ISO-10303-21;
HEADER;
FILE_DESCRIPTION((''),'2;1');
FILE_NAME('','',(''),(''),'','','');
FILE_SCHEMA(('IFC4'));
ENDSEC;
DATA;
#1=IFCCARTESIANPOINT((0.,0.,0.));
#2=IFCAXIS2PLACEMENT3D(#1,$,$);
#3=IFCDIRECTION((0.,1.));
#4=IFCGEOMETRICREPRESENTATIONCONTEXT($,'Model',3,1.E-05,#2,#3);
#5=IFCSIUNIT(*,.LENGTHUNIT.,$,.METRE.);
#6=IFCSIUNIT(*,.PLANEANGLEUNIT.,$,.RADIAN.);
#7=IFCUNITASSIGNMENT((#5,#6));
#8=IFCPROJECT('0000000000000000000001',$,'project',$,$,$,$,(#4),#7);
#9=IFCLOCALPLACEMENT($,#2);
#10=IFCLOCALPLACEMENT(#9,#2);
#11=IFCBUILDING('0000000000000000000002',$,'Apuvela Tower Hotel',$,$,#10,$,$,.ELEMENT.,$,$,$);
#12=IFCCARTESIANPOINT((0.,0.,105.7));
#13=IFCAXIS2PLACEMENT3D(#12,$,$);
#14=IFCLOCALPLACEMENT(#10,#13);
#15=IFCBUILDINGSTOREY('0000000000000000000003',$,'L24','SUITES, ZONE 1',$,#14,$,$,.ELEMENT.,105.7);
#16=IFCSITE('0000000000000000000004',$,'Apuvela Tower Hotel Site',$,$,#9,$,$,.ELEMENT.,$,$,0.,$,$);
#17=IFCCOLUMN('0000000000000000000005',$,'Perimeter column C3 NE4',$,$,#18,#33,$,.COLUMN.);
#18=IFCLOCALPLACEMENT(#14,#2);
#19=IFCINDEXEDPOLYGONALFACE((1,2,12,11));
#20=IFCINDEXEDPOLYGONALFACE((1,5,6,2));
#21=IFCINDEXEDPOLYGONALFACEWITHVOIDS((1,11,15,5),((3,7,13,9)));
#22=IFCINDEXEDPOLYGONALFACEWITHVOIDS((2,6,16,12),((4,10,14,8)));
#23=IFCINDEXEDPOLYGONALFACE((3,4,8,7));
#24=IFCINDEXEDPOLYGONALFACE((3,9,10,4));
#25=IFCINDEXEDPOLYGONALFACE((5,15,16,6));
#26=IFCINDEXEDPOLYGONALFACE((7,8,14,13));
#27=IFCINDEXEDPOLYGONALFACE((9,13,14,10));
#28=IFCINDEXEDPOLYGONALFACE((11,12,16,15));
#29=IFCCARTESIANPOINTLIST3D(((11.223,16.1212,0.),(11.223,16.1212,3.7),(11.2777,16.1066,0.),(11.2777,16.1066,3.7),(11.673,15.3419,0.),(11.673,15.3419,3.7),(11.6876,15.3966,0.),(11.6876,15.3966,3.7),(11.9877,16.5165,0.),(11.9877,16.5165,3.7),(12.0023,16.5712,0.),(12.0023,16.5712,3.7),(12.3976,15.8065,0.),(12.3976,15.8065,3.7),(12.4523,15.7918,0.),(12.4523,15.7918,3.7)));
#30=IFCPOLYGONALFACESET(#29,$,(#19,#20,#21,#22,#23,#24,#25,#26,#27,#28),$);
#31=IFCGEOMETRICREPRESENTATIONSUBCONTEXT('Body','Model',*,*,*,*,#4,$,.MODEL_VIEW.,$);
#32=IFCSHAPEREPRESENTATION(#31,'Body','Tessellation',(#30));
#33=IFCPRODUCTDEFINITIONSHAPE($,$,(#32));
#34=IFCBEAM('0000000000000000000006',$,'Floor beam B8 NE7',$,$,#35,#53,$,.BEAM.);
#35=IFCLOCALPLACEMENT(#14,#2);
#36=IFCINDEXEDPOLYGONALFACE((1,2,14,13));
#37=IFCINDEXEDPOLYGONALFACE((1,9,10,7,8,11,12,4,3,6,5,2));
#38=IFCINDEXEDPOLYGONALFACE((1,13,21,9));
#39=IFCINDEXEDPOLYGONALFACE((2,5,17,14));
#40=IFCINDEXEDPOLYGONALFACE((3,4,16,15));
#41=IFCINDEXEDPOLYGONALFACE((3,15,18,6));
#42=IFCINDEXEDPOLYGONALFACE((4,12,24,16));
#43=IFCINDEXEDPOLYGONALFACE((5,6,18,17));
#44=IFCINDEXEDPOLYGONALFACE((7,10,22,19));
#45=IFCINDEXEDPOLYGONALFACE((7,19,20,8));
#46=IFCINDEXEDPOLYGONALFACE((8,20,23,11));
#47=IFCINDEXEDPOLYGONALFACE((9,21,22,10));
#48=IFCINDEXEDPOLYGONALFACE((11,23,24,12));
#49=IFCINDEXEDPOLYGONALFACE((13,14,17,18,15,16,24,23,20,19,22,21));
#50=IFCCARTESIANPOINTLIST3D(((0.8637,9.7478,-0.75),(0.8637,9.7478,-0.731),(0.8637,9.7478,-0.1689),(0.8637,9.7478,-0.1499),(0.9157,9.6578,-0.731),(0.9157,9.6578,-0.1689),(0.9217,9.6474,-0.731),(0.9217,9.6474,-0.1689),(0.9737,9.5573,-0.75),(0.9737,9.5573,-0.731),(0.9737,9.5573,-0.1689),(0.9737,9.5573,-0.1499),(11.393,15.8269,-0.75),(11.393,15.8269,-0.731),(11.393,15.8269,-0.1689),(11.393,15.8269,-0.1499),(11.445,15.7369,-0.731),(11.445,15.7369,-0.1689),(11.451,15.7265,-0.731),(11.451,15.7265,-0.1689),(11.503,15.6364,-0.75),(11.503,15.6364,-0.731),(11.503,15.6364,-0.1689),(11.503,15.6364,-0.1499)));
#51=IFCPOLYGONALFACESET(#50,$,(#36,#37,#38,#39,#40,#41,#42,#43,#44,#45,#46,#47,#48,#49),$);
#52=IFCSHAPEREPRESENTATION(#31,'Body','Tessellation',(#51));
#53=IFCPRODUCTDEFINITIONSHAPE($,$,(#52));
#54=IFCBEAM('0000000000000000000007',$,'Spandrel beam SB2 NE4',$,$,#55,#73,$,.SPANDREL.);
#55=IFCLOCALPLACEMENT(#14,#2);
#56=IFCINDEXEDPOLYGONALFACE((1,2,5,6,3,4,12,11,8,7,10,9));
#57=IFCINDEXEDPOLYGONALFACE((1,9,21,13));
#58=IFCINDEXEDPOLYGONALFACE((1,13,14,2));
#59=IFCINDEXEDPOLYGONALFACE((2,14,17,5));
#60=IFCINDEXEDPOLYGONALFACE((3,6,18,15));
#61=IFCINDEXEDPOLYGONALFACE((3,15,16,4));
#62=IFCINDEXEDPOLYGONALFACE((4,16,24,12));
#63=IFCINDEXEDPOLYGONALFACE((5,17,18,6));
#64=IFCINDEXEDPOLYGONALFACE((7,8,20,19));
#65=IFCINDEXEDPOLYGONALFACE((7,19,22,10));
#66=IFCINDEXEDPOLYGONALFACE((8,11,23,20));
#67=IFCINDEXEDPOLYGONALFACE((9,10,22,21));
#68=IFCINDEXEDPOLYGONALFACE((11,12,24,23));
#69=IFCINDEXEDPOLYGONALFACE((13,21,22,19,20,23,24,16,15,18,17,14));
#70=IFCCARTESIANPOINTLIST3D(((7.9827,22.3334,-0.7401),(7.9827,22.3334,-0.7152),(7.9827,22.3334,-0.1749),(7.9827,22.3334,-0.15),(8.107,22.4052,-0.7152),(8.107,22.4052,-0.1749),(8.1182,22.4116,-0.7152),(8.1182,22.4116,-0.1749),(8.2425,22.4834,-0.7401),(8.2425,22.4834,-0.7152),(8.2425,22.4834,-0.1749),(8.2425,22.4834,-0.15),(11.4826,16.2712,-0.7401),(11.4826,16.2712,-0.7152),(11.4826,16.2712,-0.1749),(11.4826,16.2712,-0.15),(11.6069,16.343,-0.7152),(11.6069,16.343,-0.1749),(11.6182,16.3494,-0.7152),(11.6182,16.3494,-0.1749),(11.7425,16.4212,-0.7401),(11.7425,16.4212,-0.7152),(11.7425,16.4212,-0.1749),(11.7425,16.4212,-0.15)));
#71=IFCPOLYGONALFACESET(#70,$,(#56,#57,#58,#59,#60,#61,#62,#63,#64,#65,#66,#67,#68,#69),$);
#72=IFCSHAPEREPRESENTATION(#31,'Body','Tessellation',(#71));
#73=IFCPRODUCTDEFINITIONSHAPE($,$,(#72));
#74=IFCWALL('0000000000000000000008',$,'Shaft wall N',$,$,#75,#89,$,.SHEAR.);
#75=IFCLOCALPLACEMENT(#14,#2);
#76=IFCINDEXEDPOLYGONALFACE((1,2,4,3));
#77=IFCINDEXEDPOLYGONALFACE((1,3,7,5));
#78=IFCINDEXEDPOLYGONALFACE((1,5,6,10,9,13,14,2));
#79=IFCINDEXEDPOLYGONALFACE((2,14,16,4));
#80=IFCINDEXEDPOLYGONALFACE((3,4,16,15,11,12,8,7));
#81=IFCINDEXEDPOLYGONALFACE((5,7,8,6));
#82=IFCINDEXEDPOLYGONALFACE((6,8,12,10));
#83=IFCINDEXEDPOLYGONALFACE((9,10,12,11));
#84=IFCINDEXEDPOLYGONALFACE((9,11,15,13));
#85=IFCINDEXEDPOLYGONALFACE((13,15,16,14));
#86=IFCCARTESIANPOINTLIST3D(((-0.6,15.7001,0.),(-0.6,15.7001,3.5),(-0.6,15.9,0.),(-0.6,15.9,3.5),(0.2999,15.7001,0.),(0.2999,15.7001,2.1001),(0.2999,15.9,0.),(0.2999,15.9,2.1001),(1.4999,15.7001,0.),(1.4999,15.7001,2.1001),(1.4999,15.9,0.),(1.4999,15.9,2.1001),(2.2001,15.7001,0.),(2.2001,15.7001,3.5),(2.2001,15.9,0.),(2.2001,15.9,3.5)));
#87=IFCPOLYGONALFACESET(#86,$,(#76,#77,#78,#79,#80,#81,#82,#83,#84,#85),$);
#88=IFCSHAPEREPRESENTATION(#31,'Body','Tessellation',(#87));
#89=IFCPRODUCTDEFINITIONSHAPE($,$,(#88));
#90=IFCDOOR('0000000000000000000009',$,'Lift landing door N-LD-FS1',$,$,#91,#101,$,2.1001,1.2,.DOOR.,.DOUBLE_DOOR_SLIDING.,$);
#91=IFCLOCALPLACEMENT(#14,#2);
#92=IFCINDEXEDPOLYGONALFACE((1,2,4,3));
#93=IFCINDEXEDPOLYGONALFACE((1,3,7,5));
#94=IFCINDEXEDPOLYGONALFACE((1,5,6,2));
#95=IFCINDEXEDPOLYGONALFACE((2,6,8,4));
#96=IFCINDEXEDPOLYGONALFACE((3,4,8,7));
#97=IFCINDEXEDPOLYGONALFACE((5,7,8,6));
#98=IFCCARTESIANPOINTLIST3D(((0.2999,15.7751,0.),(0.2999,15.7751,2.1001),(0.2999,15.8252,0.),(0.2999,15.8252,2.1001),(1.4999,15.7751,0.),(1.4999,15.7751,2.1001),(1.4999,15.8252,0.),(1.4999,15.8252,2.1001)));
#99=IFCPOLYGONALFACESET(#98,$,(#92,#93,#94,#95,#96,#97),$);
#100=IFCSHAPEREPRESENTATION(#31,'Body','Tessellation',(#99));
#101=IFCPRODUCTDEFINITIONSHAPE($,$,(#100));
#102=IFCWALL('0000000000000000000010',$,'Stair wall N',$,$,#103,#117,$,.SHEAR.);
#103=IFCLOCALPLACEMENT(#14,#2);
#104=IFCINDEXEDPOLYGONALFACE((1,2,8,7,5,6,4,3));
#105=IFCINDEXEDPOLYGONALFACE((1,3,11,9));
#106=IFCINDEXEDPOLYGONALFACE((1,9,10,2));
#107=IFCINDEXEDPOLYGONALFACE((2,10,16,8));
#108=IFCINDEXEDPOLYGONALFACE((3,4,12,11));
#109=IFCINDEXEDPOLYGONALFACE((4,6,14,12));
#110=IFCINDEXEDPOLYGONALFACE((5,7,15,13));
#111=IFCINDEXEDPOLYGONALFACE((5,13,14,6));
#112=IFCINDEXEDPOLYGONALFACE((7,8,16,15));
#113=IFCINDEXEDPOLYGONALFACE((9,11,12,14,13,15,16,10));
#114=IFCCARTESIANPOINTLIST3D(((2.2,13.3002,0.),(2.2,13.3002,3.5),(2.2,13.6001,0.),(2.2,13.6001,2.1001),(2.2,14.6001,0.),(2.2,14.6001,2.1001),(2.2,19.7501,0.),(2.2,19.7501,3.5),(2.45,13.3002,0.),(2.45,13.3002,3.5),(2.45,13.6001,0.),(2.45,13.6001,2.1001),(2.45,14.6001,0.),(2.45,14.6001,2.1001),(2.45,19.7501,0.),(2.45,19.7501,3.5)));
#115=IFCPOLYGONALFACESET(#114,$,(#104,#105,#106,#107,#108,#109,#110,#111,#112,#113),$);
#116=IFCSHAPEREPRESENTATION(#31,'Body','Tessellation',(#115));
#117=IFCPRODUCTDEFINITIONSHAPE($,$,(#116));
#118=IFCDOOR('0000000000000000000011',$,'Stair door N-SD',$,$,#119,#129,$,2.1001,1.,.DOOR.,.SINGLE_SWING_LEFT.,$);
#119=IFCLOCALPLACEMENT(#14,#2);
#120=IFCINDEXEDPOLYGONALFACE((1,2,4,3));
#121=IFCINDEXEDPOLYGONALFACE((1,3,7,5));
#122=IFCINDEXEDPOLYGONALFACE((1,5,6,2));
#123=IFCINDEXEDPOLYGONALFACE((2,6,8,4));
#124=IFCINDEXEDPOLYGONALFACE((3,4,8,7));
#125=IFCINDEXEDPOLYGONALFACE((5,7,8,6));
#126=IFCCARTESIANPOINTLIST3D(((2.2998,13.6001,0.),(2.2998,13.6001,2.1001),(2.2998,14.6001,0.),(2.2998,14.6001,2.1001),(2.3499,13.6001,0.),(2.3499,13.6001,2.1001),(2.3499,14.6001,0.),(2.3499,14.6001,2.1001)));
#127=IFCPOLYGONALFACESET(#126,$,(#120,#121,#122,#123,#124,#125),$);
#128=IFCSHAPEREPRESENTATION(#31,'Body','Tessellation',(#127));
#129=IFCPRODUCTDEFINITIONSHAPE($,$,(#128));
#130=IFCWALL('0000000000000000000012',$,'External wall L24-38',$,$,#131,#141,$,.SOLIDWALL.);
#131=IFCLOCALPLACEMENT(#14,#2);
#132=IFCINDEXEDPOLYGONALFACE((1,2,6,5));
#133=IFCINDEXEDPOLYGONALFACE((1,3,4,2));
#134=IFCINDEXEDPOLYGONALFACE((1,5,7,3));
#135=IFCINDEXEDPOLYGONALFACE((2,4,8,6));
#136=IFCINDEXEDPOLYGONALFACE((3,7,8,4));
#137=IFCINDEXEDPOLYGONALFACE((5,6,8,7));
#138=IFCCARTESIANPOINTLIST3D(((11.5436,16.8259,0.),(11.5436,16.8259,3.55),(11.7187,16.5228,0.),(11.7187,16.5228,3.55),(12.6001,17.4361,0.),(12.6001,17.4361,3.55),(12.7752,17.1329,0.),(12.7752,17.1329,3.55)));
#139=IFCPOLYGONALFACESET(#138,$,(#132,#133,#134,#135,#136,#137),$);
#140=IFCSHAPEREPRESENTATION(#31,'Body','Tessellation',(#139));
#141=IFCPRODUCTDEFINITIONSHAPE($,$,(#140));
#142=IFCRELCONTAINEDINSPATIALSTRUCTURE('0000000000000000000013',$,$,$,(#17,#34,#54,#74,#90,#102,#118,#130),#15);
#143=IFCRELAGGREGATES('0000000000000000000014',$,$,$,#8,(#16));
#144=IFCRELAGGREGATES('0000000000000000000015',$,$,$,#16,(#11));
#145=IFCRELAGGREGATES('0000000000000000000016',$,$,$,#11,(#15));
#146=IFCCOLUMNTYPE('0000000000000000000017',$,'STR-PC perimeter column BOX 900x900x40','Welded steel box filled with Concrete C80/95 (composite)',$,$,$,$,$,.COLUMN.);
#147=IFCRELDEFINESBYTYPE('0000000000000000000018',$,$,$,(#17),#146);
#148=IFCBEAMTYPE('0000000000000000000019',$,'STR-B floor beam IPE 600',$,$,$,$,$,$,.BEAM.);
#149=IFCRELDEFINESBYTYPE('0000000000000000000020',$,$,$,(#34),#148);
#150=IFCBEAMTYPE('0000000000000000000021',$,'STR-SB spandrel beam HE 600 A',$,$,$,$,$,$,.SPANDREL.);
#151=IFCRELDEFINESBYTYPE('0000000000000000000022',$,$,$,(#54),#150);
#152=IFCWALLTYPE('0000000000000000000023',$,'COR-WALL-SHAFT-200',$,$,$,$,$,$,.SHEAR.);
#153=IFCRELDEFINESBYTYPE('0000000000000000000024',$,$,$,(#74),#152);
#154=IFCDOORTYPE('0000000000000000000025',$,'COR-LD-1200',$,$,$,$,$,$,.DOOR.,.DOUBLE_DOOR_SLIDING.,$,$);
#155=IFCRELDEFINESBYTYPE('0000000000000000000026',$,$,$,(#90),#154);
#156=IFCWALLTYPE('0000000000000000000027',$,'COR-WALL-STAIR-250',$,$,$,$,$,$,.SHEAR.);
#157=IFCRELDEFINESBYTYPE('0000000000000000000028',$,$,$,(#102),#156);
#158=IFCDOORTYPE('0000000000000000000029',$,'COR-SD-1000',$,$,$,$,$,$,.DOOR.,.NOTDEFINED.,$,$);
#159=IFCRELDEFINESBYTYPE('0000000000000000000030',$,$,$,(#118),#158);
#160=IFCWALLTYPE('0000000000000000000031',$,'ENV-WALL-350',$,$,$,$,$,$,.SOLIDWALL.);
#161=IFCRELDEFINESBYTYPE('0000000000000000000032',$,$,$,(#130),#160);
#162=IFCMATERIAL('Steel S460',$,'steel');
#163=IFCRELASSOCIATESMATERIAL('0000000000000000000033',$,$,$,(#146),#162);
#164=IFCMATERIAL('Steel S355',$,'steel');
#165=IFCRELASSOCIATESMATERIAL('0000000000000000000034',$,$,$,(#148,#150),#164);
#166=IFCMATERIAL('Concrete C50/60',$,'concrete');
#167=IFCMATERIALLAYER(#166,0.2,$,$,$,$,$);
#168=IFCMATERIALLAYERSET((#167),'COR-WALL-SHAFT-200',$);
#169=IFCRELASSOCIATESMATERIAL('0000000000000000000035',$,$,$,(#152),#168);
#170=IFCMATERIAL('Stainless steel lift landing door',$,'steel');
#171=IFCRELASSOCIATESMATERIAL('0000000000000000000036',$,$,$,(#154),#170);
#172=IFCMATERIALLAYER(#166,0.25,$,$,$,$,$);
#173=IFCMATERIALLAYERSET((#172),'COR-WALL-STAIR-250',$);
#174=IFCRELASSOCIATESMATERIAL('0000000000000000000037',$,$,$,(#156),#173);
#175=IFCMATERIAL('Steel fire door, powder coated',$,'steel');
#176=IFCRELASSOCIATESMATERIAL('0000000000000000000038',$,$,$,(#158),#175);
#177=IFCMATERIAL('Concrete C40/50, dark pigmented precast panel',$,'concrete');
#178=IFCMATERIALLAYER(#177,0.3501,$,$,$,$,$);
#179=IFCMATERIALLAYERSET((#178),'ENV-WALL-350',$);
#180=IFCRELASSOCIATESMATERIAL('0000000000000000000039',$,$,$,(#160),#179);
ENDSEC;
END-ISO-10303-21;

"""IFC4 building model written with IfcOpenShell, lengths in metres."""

from ifc_helpers import new_model, si_unit, direction, frame, frame_2d, origin, origin_2d, place, context, subcontext, project, spatial, rectangle, hollow_rectangle, i_section, extrude, material, layer, layer_set, material_profile, profile_set, type_object, element, fill, save


model = new_model("IFC4")

# Units and contexts
model_context = context("Model", 3, precision=1e-05, world=origin(), true_north=direction((0.0, 1.0)))
body_context = subcontext(model_context, "Body", "Model", "MODEL_VIEW")
ifc_project = project(units=[si_unit("LENGTHUNIT", "METRE"), si_unit("PLANEANGLEUNIT", "RADIAN")], contexts=[model_context])

# Site, building, storey
site_placement = place(None, origin())
site = spatial("IfcSite", under=ifc_project, at=site_placement, Name="Apuvela Tower Hotel Site", CompositionType="ELEMENT", RefElevation=0.0)
building_placement = place(site_placement, origin())
building = spatial("IfcBuilding", under=site, at=building_placement, Name="Apuvela Tower Hotel", CompositionType="ELEMENT")
storey_placement = place(building_placement, frame((0.0, 0.0, 105.7)))
storey = spatial("IfcBuildingStorey", under=building, at=storey_placement, Name="L24", Description="SUITES, ZONE 1", CompositionType="ELEMENT", Elevation=105.7)

# Column
ifc_material_1 = material(Name="Steel S460", Category="steel")
ifc_material_profile_1 = material_profile(ifc_material_1, hollow_rectangle(XDim=0.8999, YDim=0.8999, WallThickness=0.04, at=origin_2d()), Name="BOX 900x900x40")
ifc_material_2 = material(Name="Concrete C80/95", Category="concrete")
ifc_material_profile_2 = material_profile(ifc_material_2, rectangle(XDim=0.8201, YDim=0.8201, at=origin_2d()), Name="Concrete C80/95 infill")
ifc_profile_set_1 = profile_set([ifc_material_profile_1, ifc_material_profile_2], Name="Steel S460")
column_type = type_object("IfcColumnType", Name="STR-PC perimeter column BOX 900x900x40", Description="Welded steel box filled with Concrete C80/95 (composite)", PredefinedType="COLUMN", material=ifc_profile_set_1)
column_placement = place(storey_placement, frame((11.8376, 15.9565, 0.0), z_axis=(0.0, 0.0, 1.0), x_axis=(-0.5, 0.866025, 0.0)))
element("IfcColumn", 1, at=column_placement, inside=storey, type_object=column_type, Name="Perimeter column C3 NE4", PredefinedType="COLUMN", context=body_context, shape_type="SweptSolid", body=[
    extrude(hollow_rectangle(XDim=0.8999, YDim=0.8999, WallThickness=0.04, at=origin_2d()), origin(), (0.0, 0.0, 1.0), 3.7),
])

# Beams
ifc_material_3 = material(Name="Steel S355", Category="steel")
ifc_material_profile_3 = material_profile(ifc_material_3, i_section(OverallWidth=0.22, OverallDepth=0.6001, WebThickness=0.012, FlangeThickness=0.019, at=origin_2d()), Name="IPE 600")
ifc_profile_set_2 = profile_set([ifc_material_profile_3], Name="Steel S355")
beam_type_1 = type_object("IfcBeamType", Name="STR-B floor beam IPE 600", PredefinedType="BEAM", material=ifc_profile_set_2)
beam_1_placement = place(storey_placement, frame((11.448, 15.7317, -0.45), z_axis=(-0.866025, -0.500001, 0.0), x_axis=(0.500001, -0.866025, 0.0)))
element("IfcBeam", 2, at=beam_1_placement, inside=storey, type_object=beam_type_1, Name="Floor beam B8 NE7", PredefinedType="BEAM", context=body_context, shape_type="SweptSolid", body=[
    extrude(i_section(OverallWidth=0.22, OverallDepth=0.6001, WebThickness=0.012, FlangeThickness=0.019, at=origin_2d()), origin(), (0.0, 0.0, 1.0), 12.1582),
])
ifc_material_profile_4 = material_profile(ifc_material_3, i_section(OverallWidth=0.3, OverallDepth=0.5901, WebThickness=0.0129, FlangeThickness=0.0249, at=origin_2d()), Name="HE 600 A")
ifc_profile_set_3 = profile_set([ifc_material_profile_4], Name="Steel S355")
beam_type_2 = type_object("IfcBeamType", Name="STR-SB spandrel beam HE 600 A", PredefinedType="SPANDREL", material=ifc_profile_set_3)
beam_2_placement = place(storey_placement, frame((11.6125, 16.3462, -0.4451), z_axis=(-0.499995, 0.866028, 0.0), x_axis=(-0.866028, -0.499995, 0.0)))
element("IfcBeam", 3, at=beam_2_placement, inside=storey, type_object=beam_type_2, Name="Spandrel beam SB2 NE4", PredefinedType="SPANDREL", context=body_context, shape_type="SweptSolid", body=[
    extrude(i_section(OverallWidth=0.3, OverallDepth=0.5901, WebThickness=0.0129, FlangeThickness=0.0249, at=origin_2d()), origin(), (0.0, 0.0, 1.0), 7.0),
])

# Walls, openings, doors
ifc_material_4 = material(Name="Concrete C50/60", Category="concrete")
ifc_layer_1 = layer(ifc_material_4, 0.2)
ifc_layer_set_1 = layer_set([ifc_layer_1], Name="COR-WALL-SHAFT-200")
wall_type_1 = type_object("IfcWallType", Name="COR-WALL-SHAFT-200", PredefinedType="SHEAR", material=ifc_layer_set_1)
wall_1_placement = place(storey_placement, frame((2.2, 15.8, 0.0), z_axis=(0.0, 0.0, 1.0), x_axis=(-1.0, 0.0, 0.0)))
wall_1 = element("IfcWall", 4, at=wall_1_placement, inside=storey, type_object=wall_type_1, Name="Shaft wall N", PredefinedType="SHEAR", context=body_context, shape_type="SweptSolid", body=[
    extrude(rectangle(XDim=2.8, YDim=0.2, at=frame_2d((1.3999, 0.0))), origin(), (0.0, 0.0, 1.0), 3.5),
])
opening_1_placement = place(wall_1_placement, frame((0.7, 0.0, 0.0)))
opening_1 = element("IfcOpeningElement", 5, at=opening_1_placement, cuts=wall_1, PredefinedType="OPENING", context=body_context, shape_type="SweptSolid", body=[
    extrude(rectangle(XDim=1.2, YDim=2.1001, at=frame_2d((0.6001, 1.05))), frame((0.0, 0.1099, 0.0), z_axis=(0.0, -1.0, 0.0), x_axis=(1.0, 0.0, 0.0)), (0.0, 0.0, 1.0), 0.22),
])
ifc_material_5 = material(Name="Stainless steel lift landing door", Category="steel")
door_type_1 = type_object("IfcDoorType", Name="COR-LD-1200", OperationType="DOUBLE_DOOR_SLIDING", PredefinedType="DOOR", material=ifc_material_5)
door_1_placement = place(opening_1_placement, origin())
door_1 = element("IfcDoor", 6, at=door_1_placement, inside=storey, type_object=door_type_1, Name="Lift landing door N-LD-FS1", OperationType="DOUBLE_DOOR_SLIDING", OverallHeight=2.1001, OverallWidth=1.2, PredefinedType="DOOR", context=body_context, shape_type="SweptSolid", body=[
    extrude(rectangle(XDim=1.2, YDim=2.1001, at=frame_2d((0.6001, 1.05))), frame((0.0, 0.0249, 0.0), z_axis=(0.0, -1.0, 0.0), x_axis=(1.0, 0.0, 0.0)), (0.0, 0.0, 1.0), 0.05),
])
fill(opening_1, door_1)
ifc_layer_2 = layer(ifc_material_4, 0.25)
ifc_layer_set_2 = layer_set([ifc_layer_2], Name="COR-WALL-STAIR-250")
wall_type_2 = type_object("IfcWallType", Name="COR-WALL-STAIR-250", PredefinedType="SHEAR", material=ifc_layer_set_2)
wall_2_placement = place(storey_placement, frame((2.325, 13.3, 0.0), z_axis=(0.0, 0.0, 1.0), x_axis=(0.0, 1.0, 0.0)))
wall_2 = element("IfcWall", 7, at=wall_2_placement, inside=storey, type_object=wall_type_2, Name="Stair wall N", PredefinedType="SHEAR", context=body_context, shape_type="SweptSolid", body=[
    extrude(rectangle(XDim=6.45, YDim=0.25, at=frame_2d((3.2251, 0.0))), origin(), (0.0, 0.0, 1.0), 3.5),
])
opening_2_placement = place(wall_2_placement, frame((0.3, 0.0, 0.0)))
opening_2 = element("IfcOpeningElement", 8, at=opening_2_placement, cuts=wall_2, PredefinedType="OPENING", context=body_context, shape_type="SweptSolid", body=[
    extrude(rectangle(XDim=1.0, YDim=2.1001, at=frame_2d((0.5, 1.05))), frame((0.0, 0.135, 0.0), z_axis=(0.0, -1.0, 0.0), x_axis=(1.0, 0.0, 0.0)), (0.0, 0.0, 1.0), 0.27),
])
ifc_material_6 = material(Name="Steel fire door, powder coated", Category="steel")
door_type_2 = type_object("IfcDoorType", Name="COR-SD-1000", OperationType="NOTDEFINED", PredefinedType="DOOR", material=ifc_material_6)
door_2_placement = place(opening_2_placement, frame((1.0, 0.0, 0.0), z_axis=(0.0, 0.0, 1.0), x_axis=(-1.0, 0.0, 0.0)))
door_2 = element("IfcDoor", 9, at=door_2_placement, inside=storey, type_object=door_type_2, Name="Stair door N-SD", OperationType="SINGLE_SWING_LEFT", OverallHeight=2.1001, OverallWidth=1.0, PredefinedType="DOOR", context=body_context, shape_type="SweptSolid", body=[
    extrude(rectangle(XDim=1.0, YDim=2.1001, at=frame_2d((0.5, 1.05))), frame((0.0, 0.0249, 0.0), z_axis=(0.0, -1.0, 0.0), x_axis=(1.0, 0.0, 0.0)), (0.0, 0.0, 1.0), 0.05),
])
fill(opening_2, door_2)

# Wall
ifc_material_7 = material(Name="Concrete C40/50, dark pigmented precast panel", Category="concrete")
ifc_layer_3 = layer(ifc_material_7, 0.3501)
ifc_layer_set_3 = layer_set([ifc_layer_3], Name="ENV-WALL-350")
wall_type_3 = type_object("IfcWallType", Name="ENV-WALL-350", PredefinedType="SOLIDWALL", material=ifc_layer_set_3)
wall_3_placement = place(storey_placement, frame((12.6875, 17.2844, 0.0), z_axis=(0.0, 0.0, 1.0), x_axis=(-0.865956, -0.500121, 0.0)))
element("IfcWall", 10, at=wall_3_placement, inside=storey, type_object=wall_type_3, Name="External wall L24-38", PredefinedType="SOLIDWALL", context=body_context, shape_type="SweptSolid", body=[
    extrude(rectangle(XDim=1.22, YDim=0.3501, at=frame_2d((0.6099, 0.0))), origin(), (0.0, 0.0, 1.0), 3.55),
])

save(model, "model.ifc")
